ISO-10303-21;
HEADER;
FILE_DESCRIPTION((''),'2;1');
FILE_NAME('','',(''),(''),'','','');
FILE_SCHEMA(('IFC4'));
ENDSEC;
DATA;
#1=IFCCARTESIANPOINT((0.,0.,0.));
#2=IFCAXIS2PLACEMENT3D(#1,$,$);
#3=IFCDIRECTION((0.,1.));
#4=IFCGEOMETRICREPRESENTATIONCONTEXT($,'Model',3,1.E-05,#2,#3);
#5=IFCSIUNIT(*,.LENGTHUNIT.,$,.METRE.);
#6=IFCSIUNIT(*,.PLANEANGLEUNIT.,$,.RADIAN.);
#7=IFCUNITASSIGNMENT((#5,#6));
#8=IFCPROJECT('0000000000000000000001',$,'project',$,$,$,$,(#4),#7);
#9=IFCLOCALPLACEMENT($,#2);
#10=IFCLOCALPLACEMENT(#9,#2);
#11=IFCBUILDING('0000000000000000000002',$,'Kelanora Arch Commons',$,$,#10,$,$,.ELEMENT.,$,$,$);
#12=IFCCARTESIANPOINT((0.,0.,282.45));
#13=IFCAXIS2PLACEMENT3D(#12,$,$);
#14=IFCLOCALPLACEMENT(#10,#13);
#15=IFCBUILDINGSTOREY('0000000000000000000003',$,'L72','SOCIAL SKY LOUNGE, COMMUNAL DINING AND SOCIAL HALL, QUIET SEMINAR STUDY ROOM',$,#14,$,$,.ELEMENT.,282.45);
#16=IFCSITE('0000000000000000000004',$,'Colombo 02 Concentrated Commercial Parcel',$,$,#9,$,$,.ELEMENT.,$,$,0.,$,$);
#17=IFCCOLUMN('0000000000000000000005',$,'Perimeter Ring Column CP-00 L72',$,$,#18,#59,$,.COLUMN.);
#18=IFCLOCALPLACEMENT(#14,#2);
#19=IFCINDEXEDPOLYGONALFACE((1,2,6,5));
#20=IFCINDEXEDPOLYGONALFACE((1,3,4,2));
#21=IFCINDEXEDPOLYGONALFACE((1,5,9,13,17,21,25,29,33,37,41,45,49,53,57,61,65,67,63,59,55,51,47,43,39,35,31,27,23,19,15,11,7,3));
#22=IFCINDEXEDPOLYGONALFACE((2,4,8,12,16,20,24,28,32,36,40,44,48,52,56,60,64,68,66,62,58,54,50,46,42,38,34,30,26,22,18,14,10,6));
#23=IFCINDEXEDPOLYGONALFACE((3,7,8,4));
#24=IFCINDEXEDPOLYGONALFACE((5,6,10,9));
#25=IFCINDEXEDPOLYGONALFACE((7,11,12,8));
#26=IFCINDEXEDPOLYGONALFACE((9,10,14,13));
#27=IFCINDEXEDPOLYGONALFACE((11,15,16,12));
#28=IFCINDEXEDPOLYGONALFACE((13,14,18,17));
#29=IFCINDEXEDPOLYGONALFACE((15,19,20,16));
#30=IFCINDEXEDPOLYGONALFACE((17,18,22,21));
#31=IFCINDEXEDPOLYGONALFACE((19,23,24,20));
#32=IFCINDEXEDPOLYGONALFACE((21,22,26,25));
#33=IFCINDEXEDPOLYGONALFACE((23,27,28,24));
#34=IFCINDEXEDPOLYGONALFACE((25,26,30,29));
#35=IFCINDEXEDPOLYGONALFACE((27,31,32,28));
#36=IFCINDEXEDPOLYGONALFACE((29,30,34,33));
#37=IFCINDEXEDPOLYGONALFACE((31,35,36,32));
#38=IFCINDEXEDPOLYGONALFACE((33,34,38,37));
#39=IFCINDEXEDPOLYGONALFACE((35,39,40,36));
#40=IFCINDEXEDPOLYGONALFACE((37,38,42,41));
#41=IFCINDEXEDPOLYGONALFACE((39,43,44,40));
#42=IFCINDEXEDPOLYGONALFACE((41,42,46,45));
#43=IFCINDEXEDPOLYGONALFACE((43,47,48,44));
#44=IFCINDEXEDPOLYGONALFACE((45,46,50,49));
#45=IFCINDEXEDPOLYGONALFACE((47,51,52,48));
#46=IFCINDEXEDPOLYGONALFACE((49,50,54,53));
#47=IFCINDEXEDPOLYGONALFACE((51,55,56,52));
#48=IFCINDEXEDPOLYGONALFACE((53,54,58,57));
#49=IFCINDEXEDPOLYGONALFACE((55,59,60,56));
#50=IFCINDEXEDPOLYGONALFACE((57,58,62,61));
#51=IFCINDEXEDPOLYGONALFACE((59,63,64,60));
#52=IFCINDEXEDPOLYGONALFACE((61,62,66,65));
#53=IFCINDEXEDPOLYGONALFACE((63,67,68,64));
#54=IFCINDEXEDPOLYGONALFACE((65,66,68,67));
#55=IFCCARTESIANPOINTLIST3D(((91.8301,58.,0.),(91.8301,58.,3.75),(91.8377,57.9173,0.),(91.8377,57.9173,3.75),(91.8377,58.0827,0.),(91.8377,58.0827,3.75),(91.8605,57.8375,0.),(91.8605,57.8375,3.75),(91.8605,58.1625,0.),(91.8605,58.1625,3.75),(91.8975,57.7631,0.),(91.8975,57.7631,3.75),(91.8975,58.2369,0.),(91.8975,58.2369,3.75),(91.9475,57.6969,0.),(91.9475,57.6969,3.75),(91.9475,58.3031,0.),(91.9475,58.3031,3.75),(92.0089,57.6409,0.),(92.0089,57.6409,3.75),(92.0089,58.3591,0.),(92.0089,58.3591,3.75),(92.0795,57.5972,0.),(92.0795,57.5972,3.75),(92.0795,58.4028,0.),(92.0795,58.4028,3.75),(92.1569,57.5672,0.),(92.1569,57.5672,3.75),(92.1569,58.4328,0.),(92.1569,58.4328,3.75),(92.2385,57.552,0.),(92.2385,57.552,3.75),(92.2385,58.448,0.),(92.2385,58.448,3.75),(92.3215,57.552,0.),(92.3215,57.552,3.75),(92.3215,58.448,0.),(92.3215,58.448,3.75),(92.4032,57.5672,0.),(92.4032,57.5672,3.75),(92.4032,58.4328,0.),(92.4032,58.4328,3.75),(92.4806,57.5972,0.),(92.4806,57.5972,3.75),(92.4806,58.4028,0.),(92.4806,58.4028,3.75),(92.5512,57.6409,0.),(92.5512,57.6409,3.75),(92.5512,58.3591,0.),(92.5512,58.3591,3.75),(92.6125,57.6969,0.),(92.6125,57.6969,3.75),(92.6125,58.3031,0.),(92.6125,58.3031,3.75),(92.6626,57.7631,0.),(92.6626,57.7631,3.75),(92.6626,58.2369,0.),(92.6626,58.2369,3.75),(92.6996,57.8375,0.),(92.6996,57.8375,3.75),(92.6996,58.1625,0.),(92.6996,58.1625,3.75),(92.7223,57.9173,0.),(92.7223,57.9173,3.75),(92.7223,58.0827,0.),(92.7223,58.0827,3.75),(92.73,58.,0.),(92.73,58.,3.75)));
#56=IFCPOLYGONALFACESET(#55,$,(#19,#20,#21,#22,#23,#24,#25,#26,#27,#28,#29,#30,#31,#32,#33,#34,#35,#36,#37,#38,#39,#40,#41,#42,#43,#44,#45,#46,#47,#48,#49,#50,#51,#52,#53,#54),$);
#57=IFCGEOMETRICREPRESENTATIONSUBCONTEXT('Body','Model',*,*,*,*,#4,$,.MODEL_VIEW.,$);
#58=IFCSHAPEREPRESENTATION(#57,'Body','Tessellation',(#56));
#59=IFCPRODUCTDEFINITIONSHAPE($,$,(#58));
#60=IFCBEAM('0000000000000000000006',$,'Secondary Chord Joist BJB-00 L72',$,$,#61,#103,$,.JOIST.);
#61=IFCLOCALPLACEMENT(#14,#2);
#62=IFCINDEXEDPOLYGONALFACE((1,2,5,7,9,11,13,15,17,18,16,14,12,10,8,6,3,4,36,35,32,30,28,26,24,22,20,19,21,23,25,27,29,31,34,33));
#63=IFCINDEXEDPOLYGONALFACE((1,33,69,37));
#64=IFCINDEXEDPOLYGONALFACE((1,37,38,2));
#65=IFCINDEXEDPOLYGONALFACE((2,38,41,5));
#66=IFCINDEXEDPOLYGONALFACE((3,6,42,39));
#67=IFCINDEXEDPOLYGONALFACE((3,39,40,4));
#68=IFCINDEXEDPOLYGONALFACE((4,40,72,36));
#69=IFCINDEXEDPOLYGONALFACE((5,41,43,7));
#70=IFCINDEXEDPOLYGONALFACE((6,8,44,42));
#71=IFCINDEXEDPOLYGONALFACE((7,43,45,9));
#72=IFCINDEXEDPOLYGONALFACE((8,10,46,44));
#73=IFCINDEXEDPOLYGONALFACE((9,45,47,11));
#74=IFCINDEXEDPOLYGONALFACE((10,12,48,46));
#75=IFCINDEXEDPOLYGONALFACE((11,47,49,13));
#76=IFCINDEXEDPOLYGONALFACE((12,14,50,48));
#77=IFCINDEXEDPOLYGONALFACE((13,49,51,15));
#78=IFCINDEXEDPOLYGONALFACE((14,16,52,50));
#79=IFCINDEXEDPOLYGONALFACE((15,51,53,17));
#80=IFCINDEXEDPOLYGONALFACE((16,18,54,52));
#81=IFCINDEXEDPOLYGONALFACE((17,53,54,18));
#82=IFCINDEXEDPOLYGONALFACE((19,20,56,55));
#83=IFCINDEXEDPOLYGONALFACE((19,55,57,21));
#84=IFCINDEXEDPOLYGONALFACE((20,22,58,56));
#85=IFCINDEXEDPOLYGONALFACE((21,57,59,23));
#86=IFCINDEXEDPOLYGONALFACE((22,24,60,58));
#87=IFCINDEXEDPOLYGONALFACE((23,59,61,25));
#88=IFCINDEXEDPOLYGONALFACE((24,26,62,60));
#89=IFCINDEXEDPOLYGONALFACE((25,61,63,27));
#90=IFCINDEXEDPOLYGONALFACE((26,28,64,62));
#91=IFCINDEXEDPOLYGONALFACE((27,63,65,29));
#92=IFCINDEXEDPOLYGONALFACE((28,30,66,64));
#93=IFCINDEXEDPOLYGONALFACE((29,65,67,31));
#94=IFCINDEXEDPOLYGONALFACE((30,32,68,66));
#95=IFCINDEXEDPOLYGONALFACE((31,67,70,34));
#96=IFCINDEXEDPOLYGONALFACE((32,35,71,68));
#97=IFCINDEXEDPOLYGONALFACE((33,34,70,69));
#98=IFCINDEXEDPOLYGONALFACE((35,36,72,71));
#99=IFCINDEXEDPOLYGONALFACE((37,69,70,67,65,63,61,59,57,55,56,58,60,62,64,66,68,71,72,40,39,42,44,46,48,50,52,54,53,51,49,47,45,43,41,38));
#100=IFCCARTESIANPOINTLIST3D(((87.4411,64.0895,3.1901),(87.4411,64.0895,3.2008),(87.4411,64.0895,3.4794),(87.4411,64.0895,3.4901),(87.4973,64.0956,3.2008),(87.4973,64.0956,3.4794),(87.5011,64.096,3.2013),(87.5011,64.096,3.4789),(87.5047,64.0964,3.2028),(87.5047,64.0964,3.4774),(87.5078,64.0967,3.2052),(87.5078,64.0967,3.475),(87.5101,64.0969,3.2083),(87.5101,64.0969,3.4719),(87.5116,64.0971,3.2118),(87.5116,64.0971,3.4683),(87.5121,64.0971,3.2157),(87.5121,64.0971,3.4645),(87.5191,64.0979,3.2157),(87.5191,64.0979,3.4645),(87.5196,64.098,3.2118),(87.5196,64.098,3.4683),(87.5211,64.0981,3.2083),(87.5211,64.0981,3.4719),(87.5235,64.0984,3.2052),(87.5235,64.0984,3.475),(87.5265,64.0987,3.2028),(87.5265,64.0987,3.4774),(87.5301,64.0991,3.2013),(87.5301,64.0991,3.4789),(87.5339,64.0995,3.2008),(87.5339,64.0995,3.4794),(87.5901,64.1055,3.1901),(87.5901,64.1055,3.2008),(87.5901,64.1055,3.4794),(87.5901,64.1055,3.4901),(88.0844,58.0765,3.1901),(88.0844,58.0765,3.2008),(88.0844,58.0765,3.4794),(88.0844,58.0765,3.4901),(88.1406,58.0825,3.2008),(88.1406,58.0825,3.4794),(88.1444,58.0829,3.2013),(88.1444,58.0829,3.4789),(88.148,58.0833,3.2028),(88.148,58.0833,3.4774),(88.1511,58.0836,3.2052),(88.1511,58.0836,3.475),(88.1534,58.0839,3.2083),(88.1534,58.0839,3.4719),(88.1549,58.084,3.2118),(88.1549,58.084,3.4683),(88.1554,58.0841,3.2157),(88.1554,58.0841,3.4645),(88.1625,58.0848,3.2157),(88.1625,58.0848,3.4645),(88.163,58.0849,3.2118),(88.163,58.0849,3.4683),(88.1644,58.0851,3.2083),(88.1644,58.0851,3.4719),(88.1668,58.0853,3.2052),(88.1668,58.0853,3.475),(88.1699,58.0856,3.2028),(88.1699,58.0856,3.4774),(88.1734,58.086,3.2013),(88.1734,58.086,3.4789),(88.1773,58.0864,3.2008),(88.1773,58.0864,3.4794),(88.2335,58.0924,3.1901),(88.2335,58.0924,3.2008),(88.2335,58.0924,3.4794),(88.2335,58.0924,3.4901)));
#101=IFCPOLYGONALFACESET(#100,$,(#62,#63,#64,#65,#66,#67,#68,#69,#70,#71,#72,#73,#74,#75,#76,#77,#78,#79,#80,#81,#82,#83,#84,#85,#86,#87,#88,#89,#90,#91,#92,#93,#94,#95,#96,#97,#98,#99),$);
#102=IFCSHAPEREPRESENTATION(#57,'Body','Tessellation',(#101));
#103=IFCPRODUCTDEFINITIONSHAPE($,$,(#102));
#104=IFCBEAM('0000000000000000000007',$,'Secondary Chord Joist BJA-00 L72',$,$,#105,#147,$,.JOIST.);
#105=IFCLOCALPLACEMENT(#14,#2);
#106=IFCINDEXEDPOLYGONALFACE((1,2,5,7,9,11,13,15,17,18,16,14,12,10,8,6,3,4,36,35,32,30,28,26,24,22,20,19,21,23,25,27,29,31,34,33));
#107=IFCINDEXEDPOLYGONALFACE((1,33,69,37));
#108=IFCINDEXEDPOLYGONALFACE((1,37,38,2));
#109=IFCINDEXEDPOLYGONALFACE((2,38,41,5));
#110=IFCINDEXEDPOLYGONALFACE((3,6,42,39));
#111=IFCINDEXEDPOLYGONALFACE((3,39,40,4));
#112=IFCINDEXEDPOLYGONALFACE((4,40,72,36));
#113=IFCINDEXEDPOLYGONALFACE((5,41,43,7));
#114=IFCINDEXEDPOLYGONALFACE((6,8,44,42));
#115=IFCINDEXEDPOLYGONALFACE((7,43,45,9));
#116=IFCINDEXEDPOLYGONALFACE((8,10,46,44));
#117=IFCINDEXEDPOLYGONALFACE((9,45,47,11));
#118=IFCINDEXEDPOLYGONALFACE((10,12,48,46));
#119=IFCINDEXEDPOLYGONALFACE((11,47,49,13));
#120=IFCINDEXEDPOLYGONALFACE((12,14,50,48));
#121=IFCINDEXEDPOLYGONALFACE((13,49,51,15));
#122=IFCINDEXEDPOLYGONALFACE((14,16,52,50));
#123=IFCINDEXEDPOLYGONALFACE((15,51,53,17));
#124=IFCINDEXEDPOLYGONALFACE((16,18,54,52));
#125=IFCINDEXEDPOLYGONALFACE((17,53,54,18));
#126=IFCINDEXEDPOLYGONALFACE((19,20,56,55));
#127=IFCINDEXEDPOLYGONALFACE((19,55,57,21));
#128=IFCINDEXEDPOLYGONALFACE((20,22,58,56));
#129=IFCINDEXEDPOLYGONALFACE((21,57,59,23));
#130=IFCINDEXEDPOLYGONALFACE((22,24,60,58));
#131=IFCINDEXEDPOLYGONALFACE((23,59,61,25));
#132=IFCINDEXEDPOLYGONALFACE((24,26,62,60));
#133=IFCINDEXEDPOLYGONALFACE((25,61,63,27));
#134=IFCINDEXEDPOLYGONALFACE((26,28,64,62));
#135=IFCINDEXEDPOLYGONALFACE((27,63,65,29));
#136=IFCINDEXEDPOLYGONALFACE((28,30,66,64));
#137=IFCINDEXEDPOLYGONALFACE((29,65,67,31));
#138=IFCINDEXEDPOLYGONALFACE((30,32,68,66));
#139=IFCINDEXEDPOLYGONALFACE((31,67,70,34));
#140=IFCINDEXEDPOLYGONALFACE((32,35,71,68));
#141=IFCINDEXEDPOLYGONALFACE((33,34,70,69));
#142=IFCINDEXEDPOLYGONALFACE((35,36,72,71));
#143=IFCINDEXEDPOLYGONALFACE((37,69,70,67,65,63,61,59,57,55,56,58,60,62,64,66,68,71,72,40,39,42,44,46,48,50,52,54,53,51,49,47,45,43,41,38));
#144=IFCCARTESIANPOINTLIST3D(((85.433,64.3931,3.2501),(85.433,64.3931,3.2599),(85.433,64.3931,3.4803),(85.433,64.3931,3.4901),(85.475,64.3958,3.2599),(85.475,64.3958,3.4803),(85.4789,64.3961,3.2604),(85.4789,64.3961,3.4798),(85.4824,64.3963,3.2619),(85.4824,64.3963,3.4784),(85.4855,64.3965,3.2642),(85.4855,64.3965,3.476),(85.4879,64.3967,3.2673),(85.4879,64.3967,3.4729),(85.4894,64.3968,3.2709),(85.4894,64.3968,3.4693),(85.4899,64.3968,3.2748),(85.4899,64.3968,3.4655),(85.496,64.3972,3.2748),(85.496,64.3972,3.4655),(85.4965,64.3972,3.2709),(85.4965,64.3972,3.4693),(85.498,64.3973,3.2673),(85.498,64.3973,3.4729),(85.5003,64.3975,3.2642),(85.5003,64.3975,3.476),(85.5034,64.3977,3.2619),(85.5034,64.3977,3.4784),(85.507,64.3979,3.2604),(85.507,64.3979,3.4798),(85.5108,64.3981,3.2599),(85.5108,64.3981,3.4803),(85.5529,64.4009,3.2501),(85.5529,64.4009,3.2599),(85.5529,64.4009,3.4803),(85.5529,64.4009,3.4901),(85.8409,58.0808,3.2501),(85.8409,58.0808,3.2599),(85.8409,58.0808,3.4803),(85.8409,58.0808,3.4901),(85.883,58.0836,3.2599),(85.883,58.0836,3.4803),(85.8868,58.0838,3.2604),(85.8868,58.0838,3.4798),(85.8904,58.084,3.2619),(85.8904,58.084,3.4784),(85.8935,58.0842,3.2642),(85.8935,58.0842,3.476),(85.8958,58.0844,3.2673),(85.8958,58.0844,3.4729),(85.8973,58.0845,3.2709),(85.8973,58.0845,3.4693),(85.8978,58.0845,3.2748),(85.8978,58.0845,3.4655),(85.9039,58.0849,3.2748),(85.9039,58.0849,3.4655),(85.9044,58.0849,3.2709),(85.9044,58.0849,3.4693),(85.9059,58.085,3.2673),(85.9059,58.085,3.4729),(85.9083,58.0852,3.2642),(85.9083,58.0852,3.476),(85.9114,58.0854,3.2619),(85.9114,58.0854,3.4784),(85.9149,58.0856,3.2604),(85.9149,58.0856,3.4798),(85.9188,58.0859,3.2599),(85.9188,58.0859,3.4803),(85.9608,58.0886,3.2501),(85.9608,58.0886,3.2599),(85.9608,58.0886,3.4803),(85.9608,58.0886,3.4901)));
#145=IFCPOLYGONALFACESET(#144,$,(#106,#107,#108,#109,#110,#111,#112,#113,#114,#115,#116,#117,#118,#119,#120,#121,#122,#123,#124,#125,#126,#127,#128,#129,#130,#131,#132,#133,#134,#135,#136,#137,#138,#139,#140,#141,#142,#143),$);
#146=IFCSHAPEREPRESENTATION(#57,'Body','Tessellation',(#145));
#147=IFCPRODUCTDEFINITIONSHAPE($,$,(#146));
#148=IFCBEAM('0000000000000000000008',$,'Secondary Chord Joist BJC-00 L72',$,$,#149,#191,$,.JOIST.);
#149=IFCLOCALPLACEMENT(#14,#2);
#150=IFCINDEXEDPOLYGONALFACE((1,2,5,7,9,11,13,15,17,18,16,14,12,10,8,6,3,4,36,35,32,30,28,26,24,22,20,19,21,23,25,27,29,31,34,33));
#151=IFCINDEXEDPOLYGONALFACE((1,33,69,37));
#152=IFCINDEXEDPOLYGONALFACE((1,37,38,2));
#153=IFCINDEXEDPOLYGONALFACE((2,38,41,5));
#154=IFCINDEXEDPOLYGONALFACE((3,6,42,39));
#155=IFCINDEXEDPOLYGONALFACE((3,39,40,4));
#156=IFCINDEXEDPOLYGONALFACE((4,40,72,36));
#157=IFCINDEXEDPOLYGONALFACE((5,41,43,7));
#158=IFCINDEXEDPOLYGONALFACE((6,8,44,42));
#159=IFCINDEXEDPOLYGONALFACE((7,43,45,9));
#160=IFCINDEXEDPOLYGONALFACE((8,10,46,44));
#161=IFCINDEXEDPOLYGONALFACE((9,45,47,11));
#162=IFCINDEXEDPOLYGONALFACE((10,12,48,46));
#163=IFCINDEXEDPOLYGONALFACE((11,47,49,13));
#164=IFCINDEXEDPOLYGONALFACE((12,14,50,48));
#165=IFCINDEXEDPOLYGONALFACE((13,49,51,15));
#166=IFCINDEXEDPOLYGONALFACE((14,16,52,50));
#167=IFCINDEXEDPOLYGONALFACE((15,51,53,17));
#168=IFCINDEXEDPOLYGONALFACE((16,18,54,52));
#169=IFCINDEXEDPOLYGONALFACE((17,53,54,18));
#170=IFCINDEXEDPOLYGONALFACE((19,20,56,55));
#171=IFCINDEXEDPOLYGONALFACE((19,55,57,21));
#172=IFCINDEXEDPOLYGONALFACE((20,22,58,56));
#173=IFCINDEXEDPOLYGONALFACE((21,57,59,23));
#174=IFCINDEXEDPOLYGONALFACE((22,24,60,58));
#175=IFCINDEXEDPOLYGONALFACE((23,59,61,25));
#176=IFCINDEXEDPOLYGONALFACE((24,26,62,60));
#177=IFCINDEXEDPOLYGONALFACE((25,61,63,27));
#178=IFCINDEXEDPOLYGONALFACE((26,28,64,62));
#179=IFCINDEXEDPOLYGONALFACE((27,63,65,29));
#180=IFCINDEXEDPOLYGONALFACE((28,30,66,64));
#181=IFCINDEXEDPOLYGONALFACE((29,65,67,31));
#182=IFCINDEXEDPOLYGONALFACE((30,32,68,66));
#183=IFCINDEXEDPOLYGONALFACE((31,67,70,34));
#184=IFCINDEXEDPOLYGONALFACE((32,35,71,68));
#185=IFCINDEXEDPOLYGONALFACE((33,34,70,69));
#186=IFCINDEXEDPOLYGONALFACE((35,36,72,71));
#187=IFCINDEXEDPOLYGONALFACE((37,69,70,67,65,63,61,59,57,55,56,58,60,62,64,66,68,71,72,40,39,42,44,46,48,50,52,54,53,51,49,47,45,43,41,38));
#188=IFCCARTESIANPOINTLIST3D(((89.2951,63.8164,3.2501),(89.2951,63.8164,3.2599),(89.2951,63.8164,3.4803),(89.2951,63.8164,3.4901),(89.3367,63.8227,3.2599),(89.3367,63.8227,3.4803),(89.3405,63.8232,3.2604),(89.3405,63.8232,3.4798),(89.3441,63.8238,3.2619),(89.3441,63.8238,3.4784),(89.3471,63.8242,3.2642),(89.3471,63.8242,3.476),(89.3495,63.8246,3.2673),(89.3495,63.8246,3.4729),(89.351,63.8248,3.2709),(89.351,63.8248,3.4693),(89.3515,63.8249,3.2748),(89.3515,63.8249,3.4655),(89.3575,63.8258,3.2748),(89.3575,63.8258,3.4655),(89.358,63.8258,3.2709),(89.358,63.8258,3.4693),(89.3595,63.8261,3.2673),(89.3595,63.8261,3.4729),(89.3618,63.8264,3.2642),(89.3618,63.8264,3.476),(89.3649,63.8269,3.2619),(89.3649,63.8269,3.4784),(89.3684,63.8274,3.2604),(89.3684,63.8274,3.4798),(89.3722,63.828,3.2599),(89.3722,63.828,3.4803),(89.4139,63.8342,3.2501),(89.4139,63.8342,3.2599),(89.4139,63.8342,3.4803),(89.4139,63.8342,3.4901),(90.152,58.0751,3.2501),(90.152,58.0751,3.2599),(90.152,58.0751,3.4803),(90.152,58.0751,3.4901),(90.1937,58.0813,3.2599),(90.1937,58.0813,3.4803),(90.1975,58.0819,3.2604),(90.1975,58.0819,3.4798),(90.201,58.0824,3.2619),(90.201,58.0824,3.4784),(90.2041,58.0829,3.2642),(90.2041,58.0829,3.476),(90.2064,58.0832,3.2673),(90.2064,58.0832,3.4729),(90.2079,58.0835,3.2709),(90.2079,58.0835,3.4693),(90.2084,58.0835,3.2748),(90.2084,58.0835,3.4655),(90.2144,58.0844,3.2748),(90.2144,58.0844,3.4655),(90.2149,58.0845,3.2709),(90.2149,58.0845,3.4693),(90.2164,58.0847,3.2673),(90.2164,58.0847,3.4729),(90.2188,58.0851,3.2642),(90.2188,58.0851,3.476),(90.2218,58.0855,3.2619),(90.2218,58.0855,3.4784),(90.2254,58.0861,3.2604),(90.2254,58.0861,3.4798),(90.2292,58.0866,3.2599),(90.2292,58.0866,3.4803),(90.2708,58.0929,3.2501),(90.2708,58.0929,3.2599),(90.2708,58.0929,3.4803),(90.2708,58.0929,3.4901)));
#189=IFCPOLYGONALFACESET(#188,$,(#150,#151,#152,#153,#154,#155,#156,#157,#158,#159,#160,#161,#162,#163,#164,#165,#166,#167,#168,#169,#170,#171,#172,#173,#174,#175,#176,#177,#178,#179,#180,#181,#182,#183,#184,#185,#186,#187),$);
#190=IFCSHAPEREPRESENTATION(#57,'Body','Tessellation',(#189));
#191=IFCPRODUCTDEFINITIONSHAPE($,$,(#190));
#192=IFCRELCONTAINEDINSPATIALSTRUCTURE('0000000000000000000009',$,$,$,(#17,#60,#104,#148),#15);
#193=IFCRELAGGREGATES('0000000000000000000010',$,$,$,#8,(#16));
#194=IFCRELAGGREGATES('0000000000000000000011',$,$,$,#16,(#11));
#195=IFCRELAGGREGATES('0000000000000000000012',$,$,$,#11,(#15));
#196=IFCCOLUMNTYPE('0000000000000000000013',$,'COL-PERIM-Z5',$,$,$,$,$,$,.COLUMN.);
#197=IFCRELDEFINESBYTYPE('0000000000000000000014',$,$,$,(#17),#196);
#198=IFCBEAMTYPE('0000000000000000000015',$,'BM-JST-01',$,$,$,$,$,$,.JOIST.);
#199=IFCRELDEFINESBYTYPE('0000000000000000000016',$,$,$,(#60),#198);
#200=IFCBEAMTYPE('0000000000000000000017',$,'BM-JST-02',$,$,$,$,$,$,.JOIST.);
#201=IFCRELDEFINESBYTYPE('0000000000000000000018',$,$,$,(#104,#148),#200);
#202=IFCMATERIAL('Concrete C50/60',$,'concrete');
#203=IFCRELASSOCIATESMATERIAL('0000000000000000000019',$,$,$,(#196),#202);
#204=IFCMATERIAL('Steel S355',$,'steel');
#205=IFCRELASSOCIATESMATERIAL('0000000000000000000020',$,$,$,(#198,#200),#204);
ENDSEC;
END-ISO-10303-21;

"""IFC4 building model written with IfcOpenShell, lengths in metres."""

from ifc_helpers import new_model, si_unit, direction, frame, origin, origin_2d, place, context, subcontext, project, spatial, circle, i_section, extrude, material, material_profile, profile_set, type_object, element, save


model = new_model("IFC4")

# Units and contexts
model_context = context("Model", 3, precision=1e-05, world=origin(), true_north=direction((0.0, 1.0)))
body_context = subcontext(model_context, "Body", "Model", "MODEL_VIEW")
ifc_project = project(units=[si_unit("LENGTHUNIT", "METRE"), si_unit("PLANEANGLEUNIT", "RADIAN")], contexts=[model_context])

# Site, building, storey
site_placement = place(None, origin())
site = spatial("IfcSite", under=ifc_project, at=site_placement, Name="Colombo 02 Concentrated Commercial Parcel", CompositionType="ELEMENT", RefElevation=0.0)
building_placement = place(site_placement, origin())
building = spatial("IfcBuilding", under=site, at=building_placement, Name="Kelanora Arch Commons", CompositionType="ELEMENT")
storey_placement = place(building_placement, frame((0.0, 0.0, 282.45)))
storey = spatial("IfcBuildingStorey", under=building, at=storey_placement, Name="L72", Description="SOCIAL SKY LOUNGE, COMMUNAL DINING AND SOCIAL HALL, QUIET SEMINAR STUDY ROOM", CompositionType="ELEMENT", Elevation=282.45)

# Column
ifc_material_1 = material(Name="Concrete C50/60", Category="concrete")
ifc_material_profile_1 = material_profile(ifc_material_1, circle(Radius=0.45, at=origin_2d()), Name="RCC900")
ifc_profile_set_1 = profile_set([ifc_material_profile_1], Name="Concrete C50/60")
column_type = type_object("IfcColumnType", Name="COL-PERIM-Z5", PredefinedType="COLUMN", material=ifc_profile_set_1)
column_placement = place(storey_placement, frame((92.28, 58.0, 0.0), z_axis=(0.0, 0.0, 1.0), x_axis=(1.0, 0.0, 0.0)))
element("IfcColumn", 1, at=column_placement, inside=storey, type_object=column_type, Name="Perimeter Ring Column CP-00 L72", PredefinedType="COLUMN", context=body_context, shape_type="SweptSolid", body=[
    extrude(circle(Radius=0.45, at=origin_2d()), origin(), (0.0, 0.0, 1.0), 3.75),
])

# Beams
ifc_material_2 = material(Name="Steel S355", Category="steel")
ifc_material_profile_2 = material_profile(ifc_material_2, i_section(OverallWidth=0.1499, OverallDepth=0.3, WebThickness=0.0071, FlangeThickness=0.0107, FilletRadius=0.0149, at=origin_2d()), Name="IPE300")
ifc_profile_set_2 = profile_set([ifc_material_profile_2], Name="Steel S355")
beam_type_1 = type_object("IfcBeamType", Name="BM-JST-01", PredefinedType="JOIST", material=ifc_profile_set_2)
beam_1_placement = place(storey_placement, frame((88.1589, 58.0845, 3.3401), z_axis=(-0.106381, 0.994325, 0.0), x_axis=(-0.994325, -0.106381, 0.0)))
element("IfcBeam", 2, at=beam_1_placement, inside=storey, type_object=beam_type_1, Name="Secondary Chord Joist BJB-00 L72", PredefinedType="JOIST", context=body_context, shape_type="SweptSolid", body=[
    extrude(i_section(OverallWidth=0.1499, OverallDepth=0.3, WebThickness=0.0071, FlangeThickness=0.0107, FilletRadius=0.0149, at=origin_2d()), origin(), (0.0, 0.0, 1.0), 6.0474),
])
ifc_material_profile_3 = material_profile(ifc_material_2, i_section(OverallWidth=0.1201, OverallDepth=0.24, WebThickness=0.0061, FlangeThickness=0.0098, FilletRadius=0.0149, at=origin_2d()), Name="IPE240")
ifc_profile_set_3 = profile_set([ifc_material_profile_3], Name="Steel S355")
beam_type_2 = type_object("IfcBeamType", Name="BM-JST-02", PredefinedType="JOIST", material=ifc_profile_set_3)
beam_2_placement = place(storey_placement, frame((85.9009, 58.0847, 3.3701), z_axis=(-0.064495, 0.997918, 0.0), x_axis=(-0.997918, -0.064495, 0.0)))
element("IfcBeam", 3, at=beam_2_placement, inside=storey, type_object=beam_type_2, Name="Secondary Chord Joist BJA-00 L72", PredefinedType="JOIST", context=body_context, shape_type="SweptSolid", body=[
    extrude(i_section(OverallWidth=0.1201, OverallDepth=0.24, WebThickness=0.0061, FlangeThickness=0.0098, FilletRadius=0.0149, at=origin_2d()), origin(), (0.0, 0.0, 1.0), 6.3254),
])
beam_3_placement = place(storey_placement, frame((90.2114, 58.084, 3.3701), z_axis=(-0.147625, 0.989043, 0.0), x_axis=(-0.989043, -0.147625, 0.0)))
element("IfcBeam", 4, at=beam_3_placement, inside=storey, type_object=beam_type_2, Name="Secondary Chord Joist BJC-00 L72", PredefinedType="JOIST", context=body_context, shape_type="SweptSolid", body=[
    extrude(i_section(OverallWidth=0.1201, OverallDepth=0.24, WebThickness=0.0061, FlangeThickness=0.0098, FilletRadius=0.0149, at=origin_2d()), origin(), (0.0, 0.0, 1.0), 5.8049),
])

save(model, "model.ifc")
